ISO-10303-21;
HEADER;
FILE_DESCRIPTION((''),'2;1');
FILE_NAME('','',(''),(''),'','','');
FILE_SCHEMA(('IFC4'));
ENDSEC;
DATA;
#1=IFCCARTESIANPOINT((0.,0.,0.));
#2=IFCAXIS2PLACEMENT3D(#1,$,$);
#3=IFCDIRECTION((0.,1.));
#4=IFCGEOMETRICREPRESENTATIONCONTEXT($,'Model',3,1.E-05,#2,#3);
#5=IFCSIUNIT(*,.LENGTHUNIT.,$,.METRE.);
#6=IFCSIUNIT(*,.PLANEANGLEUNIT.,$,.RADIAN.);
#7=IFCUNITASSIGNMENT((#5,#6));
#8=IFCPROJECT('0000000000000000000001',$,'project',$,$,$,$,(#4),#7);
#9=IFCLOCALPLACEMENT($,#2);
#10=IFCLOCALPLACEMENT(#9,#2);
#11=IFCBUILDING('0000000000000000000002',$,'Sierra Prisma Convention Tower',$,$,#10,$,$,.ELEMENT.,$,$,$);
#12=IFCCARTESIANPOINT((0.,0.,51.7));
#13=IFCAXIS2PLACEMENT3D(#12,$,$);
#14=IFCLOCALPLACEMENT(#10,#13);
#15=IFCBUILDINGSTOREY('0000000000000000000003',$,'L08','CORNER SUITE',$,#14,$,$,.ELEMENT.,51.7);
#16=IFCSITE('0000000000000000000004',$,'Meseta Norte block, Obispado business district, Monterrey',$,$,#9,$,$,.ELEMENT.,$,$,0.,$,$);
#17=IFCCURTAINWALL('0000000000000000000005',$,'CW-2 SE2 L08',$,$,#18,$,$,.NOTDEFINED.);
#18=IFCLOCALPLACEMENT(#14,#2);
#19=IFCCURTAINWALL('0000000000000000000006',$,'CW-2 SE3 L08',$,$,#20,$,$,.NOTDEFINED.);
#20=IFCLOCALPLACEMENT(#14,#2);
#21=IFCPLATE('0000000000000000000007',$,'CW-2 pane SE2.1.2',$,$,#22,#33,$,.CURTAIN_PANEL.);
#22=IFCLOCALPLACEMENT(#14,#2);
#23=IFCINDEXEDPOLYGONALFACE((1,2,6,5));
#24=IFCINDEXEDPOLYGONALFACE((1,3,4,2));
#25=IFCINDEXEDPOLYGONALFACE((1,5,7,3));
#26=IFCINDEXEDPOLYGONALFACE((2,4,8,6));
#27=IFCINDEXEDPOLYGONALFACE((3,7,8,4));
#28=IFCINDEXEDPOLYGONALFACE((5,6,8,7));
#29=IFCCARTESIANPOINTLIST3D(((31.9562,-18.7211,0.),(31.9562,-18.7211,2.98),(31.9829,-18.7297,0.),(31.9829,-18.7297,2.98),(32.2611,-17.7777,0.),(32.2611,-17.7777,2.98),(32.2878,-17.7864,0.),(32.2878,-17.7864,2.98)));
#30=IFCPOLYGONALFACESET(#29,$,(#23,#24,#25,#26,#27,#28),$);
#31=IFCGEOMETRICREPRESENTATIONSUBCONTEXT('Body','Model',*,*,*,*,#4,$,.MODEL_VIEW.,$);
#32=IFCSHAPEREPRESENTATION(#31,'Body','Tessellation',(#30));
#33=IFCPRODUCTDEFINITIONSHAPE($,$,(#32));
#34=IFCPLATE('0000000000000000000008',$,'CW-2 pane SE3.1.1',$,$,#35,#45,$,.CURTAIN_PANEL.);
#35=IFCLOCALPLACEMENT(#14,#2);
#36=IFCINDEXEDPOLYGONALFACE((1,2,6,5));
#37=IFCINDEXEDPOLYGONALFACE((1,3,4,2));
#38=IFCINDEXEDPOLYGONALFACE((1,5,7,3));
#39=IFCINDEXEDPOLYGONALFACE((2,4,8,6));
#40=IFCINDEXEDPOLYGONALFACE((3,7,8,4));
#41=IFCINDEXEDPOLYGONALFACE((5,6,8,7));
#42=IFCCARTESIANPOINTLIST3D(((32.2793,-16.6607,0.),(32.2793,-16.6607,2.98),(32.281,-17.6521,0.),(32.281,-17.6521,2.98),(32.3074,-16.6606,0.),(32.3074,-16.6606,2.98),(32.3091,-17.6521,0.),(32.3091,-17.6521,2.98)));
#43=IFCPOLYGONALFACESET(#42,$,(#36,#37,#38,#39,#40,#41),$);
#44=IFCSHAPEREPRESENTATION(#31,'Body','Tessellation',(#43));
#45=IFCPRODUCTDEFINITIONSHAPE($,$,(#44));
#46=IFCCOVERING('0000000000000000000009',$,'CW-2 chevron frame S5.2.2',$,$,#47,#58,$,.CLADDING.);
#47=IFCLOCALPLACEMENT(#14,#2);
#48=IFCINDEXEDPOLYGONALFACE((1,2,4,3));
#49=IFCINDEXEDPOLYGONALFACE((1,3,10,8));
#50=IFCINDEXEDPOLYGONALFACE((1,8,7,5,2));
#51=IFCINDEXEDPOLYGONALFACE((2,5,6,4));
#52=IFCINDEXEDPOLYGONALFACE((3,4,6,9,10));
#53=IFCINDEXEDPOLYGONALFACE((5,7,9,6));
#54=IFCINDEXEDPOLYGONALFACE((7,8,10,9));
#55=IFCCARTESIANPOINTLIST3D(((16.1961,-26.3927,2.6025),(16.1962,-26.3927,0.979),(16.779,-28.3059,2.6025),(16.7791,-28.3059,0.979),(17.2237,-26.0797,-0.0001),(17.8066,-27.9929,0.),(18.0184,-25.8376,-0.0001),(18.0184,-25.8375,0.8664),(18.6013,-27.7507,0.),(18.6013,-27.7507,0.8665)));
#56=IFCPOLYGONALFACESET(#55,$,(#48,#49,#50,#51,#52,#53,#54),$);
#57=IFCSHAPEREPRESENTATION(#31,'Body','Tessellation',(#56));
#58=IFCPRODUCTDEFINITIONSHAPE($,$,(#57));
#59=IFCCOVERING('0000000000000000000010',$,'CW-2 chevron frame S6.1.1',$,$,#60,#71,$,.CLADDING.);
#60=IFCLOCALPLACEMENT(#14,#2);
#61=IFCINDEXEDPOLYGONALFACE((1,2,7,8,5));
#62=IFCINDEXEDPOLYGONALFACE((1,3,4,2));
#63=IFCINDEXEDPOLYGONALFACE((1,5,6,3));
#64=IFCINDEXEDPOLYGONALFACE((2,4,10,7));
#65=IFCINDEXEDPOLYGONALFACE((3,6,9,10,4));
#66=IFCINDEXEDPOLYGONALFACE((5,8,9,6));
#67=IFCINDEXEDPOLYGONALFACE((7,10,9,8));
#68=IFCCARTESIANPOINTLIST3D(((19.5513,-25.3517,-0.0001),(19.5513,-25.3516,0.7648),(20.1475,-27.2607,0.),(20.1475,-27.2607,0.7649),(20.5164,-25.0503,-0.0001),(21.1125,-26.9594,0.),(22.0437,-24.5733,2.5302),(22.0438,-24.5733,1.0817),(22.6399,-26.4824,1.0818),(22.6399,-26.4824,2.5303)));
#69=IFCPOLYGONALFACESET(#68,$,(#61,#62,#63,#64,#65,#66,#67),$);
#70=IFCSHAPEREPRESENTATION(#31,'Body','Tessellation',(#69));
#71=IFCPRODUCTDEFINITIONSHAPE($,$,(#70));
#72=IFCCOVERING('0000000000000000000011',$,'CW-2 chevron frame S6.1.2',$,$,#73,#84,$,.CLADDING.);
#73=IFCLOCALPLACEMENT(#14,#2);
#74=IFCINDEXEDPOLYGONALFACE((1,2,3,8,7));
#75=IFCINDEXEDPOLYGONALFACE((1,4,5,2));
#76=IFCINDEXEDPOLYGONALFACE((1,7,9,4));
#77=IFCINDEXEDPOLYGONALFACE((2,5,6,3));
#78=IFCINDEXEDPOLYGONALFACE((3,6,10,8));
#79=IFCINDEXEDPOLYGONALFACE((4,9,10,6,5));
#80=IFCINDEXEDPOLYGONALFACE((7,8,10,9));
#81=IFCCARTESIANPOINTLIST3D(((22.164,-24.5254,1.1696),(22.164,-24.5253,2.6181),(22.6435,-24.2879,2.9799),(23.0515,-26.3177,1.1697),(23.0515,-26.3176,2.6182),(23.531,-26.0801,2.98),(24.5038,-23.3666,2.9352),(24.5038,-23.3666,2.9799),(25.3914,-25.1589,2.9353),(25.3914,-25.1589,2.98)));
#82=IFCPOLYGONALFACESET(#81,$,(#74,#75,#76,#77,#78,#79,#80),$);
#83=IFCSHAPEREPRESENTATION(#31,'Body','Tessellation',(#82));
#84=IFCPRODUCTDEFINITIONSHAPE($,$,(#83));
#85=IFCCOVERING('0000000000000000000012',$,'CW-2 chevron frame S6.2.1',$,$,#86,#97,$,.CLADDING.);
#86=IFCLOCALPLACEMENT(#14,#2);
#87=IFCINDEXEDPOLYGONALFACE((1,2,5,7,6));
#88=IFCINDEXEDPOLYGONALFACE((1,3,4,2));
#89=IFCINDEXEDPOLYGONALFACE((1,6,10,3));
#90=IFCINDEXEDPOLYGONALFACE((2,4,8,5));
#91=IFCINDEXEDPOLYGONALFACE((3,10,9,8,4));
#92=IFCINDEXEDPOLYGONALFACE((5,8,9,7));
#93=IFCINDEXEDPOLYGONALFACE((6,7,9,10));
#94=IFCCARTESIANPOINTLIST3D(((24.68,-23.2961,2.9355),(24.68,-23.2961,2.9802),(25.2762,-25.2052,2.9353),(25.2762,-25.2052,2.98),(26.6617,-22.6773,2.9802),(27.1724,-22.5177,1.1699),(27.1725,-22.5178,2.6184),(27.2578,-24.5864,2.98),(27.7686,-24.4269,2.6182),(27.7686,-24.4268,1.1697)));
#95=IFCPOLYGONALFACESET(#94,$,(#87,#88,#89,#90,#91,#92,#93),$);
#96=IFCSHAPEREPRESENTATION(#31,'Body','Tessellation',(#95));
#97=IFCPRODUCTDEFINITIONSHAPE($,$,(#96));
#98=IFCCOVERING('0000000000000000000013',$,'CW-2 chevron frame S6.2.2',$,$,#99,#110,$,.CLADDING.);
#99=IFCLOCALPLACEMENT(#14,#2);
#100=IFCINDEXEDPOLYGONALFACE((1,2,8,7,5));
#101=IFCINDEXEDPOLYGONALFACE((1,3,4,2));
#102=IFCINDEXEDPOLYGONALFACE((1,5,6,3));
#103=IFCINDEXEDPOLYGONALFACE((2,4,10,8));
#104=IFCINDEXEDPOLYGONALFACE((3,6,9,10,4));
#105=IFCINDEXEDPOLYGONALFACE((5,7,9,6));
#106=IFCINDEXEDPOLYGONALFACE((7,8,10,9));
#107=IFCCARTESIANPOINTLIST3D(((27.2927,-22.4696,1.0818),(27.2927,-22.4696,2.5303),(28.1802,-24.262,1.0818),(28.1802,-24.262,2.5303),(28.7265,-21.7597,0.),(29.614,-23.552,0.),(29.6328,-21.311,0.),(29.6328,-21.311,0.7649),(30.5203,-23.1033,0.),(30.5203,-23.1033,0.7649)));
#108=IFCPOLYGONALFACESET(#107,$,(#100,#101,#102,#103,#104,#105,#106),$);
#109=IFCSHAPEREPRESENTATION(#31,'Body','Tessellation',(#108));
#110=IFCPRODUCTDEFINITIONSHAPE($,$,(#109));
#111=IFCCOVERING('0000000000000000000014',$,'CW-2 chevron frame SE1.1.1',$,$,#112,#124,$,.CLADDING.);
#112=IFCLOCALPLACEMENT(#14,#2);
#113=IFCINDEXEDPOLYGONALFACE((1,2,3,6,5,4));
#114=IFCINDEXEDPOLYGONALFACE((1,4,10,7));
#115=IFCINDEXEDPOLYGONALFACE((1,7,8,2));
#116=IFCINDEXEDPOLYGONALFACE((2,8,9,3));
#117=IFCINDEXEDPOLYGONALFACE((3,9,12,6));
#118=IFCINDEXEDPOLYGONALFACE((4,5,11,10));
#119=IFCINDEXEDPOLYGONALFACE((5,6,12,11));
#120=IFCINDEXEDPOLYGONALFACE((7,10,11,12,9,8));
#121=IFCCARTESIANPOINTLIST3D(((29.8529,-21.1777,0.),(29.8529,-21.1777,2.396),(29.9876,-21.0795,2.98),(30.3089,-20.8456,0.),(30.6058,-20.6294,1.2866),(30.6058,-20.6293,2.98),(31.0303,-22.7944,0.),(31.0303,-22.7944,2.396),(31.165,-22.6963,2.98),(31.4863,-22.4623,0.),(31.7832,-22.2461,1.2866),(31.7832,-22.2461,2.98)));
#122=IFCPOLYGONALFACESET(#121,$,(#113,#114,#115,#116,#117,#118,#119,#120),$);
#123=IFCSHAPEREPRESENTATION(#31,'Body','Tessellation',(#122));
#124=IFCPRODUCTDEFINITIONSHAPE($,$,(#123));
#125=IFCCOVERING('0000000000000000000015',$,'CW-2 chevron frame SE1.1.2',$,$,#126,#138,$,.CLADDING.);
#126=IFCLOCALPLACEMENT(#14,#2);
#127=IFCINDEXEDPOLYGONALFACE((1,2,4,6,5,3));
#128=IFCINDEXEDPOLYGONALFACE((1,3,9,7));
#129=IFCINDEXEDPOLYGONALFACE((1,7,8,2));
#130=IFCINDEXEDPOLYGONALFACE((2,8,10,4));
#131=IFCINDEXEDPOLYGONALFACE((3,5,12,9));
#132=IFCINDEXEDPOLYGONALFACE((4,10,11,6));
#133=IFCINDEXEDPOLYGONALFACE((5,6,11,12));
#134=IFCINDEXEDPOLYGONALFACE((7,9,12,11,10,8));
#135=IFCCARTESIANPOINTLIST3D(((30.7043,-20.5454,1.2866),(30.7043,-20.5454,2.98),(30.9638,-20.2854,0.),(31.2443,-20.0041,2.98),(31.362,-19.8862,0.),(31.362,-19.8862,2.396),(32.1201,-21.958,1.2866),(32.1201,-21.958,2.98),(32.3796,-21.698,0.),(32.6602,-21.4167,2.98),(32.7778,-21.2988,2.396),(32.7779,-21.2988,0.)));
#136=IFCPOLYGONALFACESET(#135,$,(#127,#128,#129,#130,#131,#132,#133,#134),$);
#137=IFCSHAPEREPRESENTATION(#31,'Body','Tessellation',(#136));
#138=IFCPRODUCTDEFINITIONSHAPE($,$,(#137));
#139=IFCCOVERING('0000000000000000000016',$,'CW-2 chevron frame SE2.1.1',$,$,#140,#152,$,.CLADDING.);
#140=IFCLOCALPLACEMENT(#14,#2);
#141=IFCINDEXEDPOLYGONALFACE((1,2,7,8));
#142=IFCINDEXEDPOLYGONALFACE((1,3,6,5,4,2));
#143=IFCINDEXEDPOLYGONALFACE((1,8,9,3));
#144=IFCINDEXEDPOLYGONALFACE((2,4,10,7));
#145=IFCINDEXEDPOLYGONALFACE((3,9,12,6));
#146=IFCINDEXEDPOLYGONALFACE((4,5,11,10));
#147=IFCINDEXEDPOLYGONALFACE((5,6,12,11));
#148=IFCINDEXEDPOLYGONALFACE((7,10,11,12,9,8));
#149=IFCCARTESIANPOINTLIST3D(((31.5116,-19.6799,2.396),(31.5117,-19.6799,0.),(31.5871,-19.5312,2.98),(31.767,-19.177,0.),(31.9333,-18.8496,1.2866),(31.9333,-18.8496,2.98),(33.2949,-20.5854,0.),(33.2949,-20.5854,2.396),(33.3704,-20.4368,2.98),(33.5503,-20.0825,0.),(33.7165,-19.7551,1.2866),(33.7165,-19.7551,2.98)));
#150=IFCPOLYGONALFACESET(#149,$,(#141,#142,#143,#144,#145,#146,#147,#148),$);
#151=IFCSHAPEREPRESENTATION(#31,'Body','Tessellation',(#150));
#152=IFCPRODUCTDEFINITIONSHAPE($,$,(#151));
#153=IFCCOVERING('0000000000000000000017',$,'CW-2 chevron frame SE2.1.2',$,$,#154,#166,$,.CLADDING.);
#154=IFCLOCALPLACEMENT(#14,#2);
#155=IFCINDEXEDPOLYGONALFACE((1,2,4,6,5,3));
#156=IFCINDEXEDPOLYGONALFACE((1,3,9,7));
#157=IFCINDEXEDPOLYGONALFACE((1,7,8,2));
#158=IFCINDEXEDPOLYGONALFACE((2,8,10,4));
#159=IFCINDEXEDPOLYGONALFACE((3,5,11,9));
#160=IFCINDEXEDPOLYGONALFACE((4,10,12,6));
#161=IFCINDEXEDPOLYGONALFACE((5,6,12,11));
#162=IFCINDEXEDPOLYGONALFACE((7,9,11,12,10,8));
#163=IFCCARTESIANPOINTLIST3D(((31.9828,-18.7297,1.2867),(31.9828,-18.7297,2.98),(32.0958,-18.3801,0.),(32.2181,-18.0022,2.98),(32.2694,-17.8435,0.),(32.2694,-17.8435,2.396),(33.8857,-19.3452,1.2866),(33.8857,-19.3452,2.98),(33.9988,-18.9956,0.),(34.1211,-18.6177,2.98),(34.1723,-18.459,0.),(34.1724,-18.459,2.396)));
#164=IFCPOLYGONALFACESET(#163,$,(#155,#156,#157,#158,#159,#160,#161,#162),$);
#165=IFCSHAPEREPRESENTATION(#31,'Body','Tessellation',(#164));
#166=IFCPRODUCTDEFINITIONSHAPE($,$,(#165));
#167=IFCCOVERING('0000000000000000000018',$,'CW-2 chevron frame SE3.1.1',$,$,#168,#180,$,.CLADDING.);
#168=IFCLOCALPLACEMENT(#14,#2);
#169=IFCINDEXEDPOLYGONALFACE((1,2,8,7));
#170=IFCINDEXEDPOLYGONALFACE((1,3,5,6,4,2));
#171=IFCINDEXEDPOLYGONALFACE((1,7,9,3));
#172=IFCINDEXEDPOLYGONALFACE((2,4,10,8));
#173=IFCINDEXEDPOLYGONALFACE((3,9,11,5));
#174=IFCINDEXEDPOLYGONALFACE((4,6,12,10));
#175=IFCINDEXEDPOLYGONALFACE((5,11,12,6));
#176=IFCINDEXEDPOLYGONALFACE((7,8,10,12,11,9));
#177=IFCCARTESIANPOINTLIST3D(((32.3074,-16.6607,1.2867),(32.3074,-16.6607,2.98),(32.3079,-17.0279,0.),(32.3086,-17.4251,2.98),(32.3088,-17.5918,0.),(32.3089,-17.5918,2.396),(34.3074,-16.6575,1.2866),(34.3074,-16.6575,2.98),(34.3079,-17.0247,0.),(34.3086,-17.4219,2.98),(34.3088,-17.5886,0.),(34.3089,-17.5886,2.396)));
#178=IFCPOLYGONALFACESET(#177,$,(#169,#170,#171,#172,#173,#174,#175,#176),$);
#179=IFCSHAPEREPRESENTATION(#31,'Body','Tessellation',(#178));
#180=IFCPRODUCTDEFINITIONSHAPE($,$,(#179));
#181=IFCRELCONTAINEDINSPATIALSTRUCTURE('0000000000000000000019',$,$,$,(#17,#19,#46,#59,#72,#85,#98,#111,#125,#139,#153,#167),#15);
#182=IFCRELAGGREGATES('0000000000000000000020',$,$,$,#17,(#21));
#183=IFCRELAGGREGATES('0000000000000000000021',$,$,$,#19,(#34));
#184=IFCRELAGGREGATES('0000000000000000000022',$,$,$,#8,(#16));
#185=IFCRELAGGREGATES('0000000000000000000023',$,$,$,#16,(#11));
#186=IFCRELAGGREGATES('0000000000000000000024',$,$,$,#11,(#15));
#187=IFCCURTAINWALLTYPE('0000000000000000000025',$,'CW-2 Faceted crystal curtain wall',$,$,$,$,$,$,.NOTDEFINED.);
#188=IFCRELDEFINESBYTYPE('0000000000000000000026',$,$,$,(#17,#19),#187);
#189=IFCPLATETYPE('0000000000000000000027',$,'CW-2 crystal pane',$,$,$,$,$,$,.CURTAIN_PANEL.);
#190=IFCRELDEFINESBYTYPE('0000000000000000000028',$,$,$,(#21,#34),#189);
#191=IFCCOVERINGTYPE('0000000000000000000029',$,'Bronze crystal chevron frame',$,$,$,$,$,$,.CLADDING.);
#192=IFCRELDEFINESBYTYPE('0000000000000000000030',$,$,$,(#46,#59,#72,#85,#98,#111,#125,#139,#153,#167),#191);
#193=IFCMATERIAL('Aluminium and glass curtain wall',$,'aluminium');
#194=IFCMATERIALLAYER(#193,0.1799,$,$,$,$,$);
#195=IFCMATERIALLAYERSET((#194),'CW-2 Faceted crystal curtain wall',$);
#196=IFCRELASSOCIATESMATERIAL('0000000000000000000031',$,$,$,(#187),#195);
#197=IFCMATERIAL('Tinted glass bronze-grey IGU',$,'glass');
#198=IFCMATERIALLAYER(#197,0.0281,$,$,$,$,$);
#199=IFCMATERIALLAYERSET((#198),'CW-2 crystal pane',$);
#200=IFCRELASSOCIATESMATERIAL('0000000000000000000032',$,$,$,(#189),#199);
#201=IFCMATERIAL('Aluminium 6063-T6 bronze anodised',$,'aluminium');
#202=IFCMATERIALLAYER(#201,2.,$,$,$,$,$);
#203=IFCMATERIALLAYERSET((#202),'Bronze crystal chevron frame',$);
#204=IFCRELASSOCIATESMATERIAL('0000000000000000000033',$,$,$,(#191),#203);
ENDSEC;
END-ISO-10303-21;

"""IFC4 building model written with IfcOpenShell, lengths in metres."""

from ifc_helpers import new_model, si_unit, direction, frame, origin, place, context, subcontext, project, spatial, polyline, outline, extrude, material, layer, layer_set, type_object, element, aggregate, save


model = new_model("IFC4")

# Units and contexts
model_context = context("Model", 3, precision=1e-05, world=origin(), true_north=direction((0.0, 1.0)))
body_context = subcontext(model_context, "Body", "Model", "MODEL_VIEW")
ifc_project = project(units=[si_unit("LENGTHUNIT", "METRE"), si_unit("PLANEANGLEUNIT", "RADIAN")], contexts=[model_context])

# Site, building, storey
site_placement = place(None, origin())
site = spatial("IfcSite", under=ifc_project, at=site_placement, Name="Meseta Norte block, Obispado business district, Monterrey", CompositionType="ELEMENT", RefElevation=0.0)
building_placement = place(site_placement, origin())
building = spatial("IfcBuilding", under=site, at=building_placement, Name="Sierra Prisma Convention Tower", CompositionType="ELEMENT")
storey_placement = place(building_placement, frame((0.0, 0.0, 51.7)))
storey = spatial("IfcBuildingStorey", under=building, at=storey_placement, Name="L08", Description="CORNER SUITE", CompositionType="ELEMENT", Elevation=51.7)

# Shared definitions
ifc_material_1 = material(Name="Aluminium and glass curtain wall", Category="aluminium")
ifc_layer_1 = layer(ifc_material_1, 0.1799)
ifc_layer_set_1 = layer_set([ifc_layer_1], Name="CW-2 Faceted crystal curtain wall")
curtain_wall_type = type_object("IfcCurtainWallType", Name="CW-2 Faceted crystal curtain wall", PredefinedType="NOTDEFINED", material=ifc_layer_set_1)

# Curtain walls
curtain_wall_1_placement = place(storey_placement, origin())
curtain_wall_1 = element("IfcCurtainWall", 1, at=curtain_wall_1_placement, inside=storey, type_object=curtain_wall_type, Name="CW-2 SE2 L08", PredefinedType="NOTDEFINED")
curtain_wall_2_placement = place(storey_placement, origin())
curtain_wall_2 = element("IfcCurtainWall", 2, at=curtain_wall_2_placement, inside=storey, type_object=curtain_wall_type, Name="CW-2 SE3 L08", PredefinedType="NOTDEFINED")

# Plates
ifc_material_2 = material(Name="Tinted glass bronze-grey IGU", Category="glass")
ifc_layer_2 = layer(ifc_material_2, 0.0281)
ifc_layer_set_2 = layer_set([ifc_layer_2], Name="CW-2 crystal pane")
plate_type = type_object("IfcPlateType", Name="CW-2 crystal pane", PredefinedType="CURTAIN_PANEL", material=ifc_layer_set_2)
plate_1_placement = place(storey_placement, frame((32.2878, -17.7864, 0.0), z_axis=(0.951525, -0.307571, 0.0), x_axis=(-0.307571, -0.951525, 0.0)))
plate_1 = element("IfcPlate", 3, at=plate_1_placement, type_object=plate_type, Name="CW-2 pane SE2.1.2", PredefinedType="CURTAIN_PANEL", context=body_context, shape_type="SweptSolid", body=[
    extrude(outline(polyline([(0.0, 0.0), (0.9914, 0.0), (0.9914, -2.98), (0.0, -2.98), (0.0, 0.0)])), origin(), (0.0, 0.0, -1.0), 0.0281),
])
aggregate(curtain_wall_1, [plate_1])
plate_2_placement = place(storey_placement, frame((32.3091, -17.6521, 0.0), z_axis=(0.999999, 0.001724, 0.0), x_axis=(-0.001724, 0.999999, 0.0)))
plate_2 = element("IfcPlate", 4, at=plate_2_placement, type_object=plate_type, Name="CW-2 pane SE3.1.1", PredefinedType="CURTAIN_PANEL", context=body_context, shape_type="SweptSolid", body=[
    extrude(outline(polyline([(0.0, 0.0), (0.9915, 0.0), (0.9915, 2.98), (0.0, 2.98), (0.0, 0.0)])), origin(), (0.0, 0.0, -1.0), 0.0281),
])
aggregate(curtain_wall_2, [plate_2])

# Coverings
ifc_material_3 = material(Name="Aluminium 6063-T6 bronze anodised", Category="aluminium")
ifc_layer_3 = layer(ifc_material_3, 2.0)
ifc_layer_set_3 = layer_set([ifc_layer_3], Name="Bronze crystal chevron frame")
covering_type = type_object("IfcCoveringType", Name="Bronze crystal chevron frame", PredefinedType="CLADDING", material=ifc_layer_set_3)
covering_1_placement = place(storey_placement, frame((18.6013, -27.7507, 0.0), z_axis=(0.29145, -0.956586, 0.000026), x_axis=(-0.000008, 0.000025, 1.0)))
element("IfcCovering", 5, at=covering_1_placement, inside=storey, type_object=covering_type, Name="CW-2 chevron frame S5.2.2", PredefinedType="CLADDING", context=body_context, shape_type="SweptSolid", body=[
    extrude(outline(polyline([(0.0, 0.0), (0.8665, 0.0), (2.6025, 1.905), (0.979, 1.905), (0.0, 0.8308), (0.0, 0.0)])), origin(), (0.0, 0.0, -1.0), 2.0),
])
covering_2_placement = place(storey_placement, frame((20.1475, -27.2607, 0.0), z_axis=(0.298063, -0.954546, 0.000037), x_axis=(0.954546, 0.298063, 0.0)))
element("IfcCovering", 6, at=covering_2_placement, inside=storey, type_object=covering_type, Name="CW-2 chevron frame S6.1.1", PredefinedType="CLADDING", context=body_context, shape_type="SweptSolid", body=[
    extrude(outline(polyline([(0.0, 0.0), (1.011, 0.0), (2.6111, 1.0818), (2.6111, 2.5303), (0.0, 0.7649), (0.0, 0.0)])), origin(), (0.0, 0.0, -1.0), 2.0),
])
covering_3_placement = place(storey_placement, frame((23.0515, -26.3176, 2.6182), z_axis=(0.443763, -0.896144, 0.000052), x_axis=(0.000023, -0.000047, -1.0)))
element("IfcCovering", 7, at=covering_3_placement, inside=storey, type_object=covering_type, Name="CW-2 chevron frame S6.1.2", PredefinedType="CLADDING", context=body_context, shape_type="SweptSolid", body=[
    extrude(outline(polyline([(0.0, 0.0), (1.4485, 0.0), (-0.3171, 2.611), (-0.3618, 2.611), (-0.3618, 0.5351), (0.0, 0.0)])), origin(), (0.0, 0.0, -1.0), 2.0),
])
covering_4_placement = place(storey_placement, frame((27.7686, -24.4268, 1.1697), z_axis=(0.298065, -0.954545, -0.000095), x_axis=(0.000028, -0.00009, 1.0)))
element("IfcCovering", 8, at=covering_4_placement, inside=storey, type_object=covering_type, Name="CW-2 chevron frame S6.2.1", PredefinedType="CLADDING", context=body_context, shape_type="SweptSolid", body=[
    extrude(outline(polyline([(0.0, 0.0), (1.4485, 0.0), (1.8103, 0.5351), (1.8103, 2.6111), (1.7656, 2.6111), (0.0, 0.0)])), origin(), (0.0, 0.0, -1.0), 2.0),
])
covering_5_placement = place(storey_placement, frame((30.5203, -23.1033, 0.0), z_axis=(0.443732, -0.896159, 0.000001), x_axis=(0.0, 0.000001, 1.0)))
element("IfcCovering", 9, at=covering_5_placement, inside=storey, type_object=covering_type, Name="CW-2 chevron frame S6.2.2", PredefinedType="CLADDING", context=body_context, shape_type="SweptSolid", body=[
    extrude(outline(polyline([(0.0, 0.0), (0.7649, 0.0), (2.5303, 2.6112), (1.0818, 2.6112), (0.0, 1.0113), (0.0, 0.0)])), origin(), (0.0, 0.0, -1.0), 2.0),
])
covering_6_placement = place(storey_placement, frame((31.0303, -22.7944, 0.0), z_axis=(0.588684, -0.808363, 0.000015), x_axis=(0.808363, 0.588684, 0.0)))
element("IfcCovering", 10, at=covering_6_placement, inside=storey, type_object=covering_type, Name="CW-2 chevron frame SE1.1.1", PredefinedType="CLADDING", context=body_context, shape_type="SweptSolid", body=[
    extrude(outline(polyline([(0.0, 0.0), (0.5641, 0.0), (0.9314, 1.2866), (0.9314, 2.98), (0.1667, 2.98), (0.0, 2.396), (0.0, 0.0)])), origin(), (0.0, 0.0, -1.0), 2.0),
])
covering_7_placement = place(storey_placement, frame((32.1201, -21.958, 2.98), z_axis=(0.707906, -0.706307, 0.000014), x_axis=(0.00001, -0.00001, -1.0)))
element("IfcCovering", 11, at=covering_7_placement, inside=storey, type_object=covering_type, Name="CW-2 chevron frame SE1.1.2", PredefinedType="CLADDING", context=body_context, shape_type="SweptSolid", body=[
    extrude(outline(polyline([(0.0, 0.0), (1.6934, 0.0), (2.98, 0.3674), (2.98, 0.9312), (0.584, 0.9312), (0.0, 0.7646), (0.0, 0.0)])), origin(), (0.0, 0.0, -1.0), 2.0),
])
covering_8_placement = place(storey_placement, frame((33.2949, -20.5854, 0.0), z_axis=(0.891629, -0.452766, 0.000008), x_axis=(0.452766, 0.891629, 0.0)))
element("IfcCovering", 12, at=covering_8_placement, inside=storey, type_object=covering_type, Name="CW-2 chevron frame SE2.1.1", PredefinedType="CLADDING", context=body_context, shape_type="SweptSolid", body=[
    extrude(outline(polyline([(0.0, 0.0), (0.5641, 0.0), (0.9312, 1.2866), (0.9312, 2.98), (0.1667, 2.98), (0.0, 2.396), (0.0, 0.0)])), origin(), (0.0, 0.0, -1.0), 2.0),
])
covering_9_placement = place(storey_placement, frame((33.8857, -19.3452, 2.98), z_axis=(0.951472, -0.307736, -0.000015), x_axis=(-0.000015, 0.000005, -1.0)))
element("IfcCovering", 13, at=covering_9_placement, inside=storey, type_object=covering_type, Name="CW-2 chevron frame SE2.1.2", PredefinedType="CLADDING", context=body_context, shape_type="SweptSolid", body=[
    extrude(outline(polyline([(0.0, 0.0), (1.6934, 0.0), (2.98, 0.3674), (2.98, 0.9314), (0.584, 0.9314), (0.0, 0.7647), (0.0, 0.0)])), origin(), (0.0, 0.0, -1.0), 2.0),
])
covering_10_placement = place(storey_placement, frame((34.3088, -17.5886, 0.0), z_axis=(0.999999, 0.001598, -0.00002), x_axis=(-0.001598, 0.999999, 0.0)))
element("IfcCovering", 14, at=covering_10_placement, inside=storey, type_object=covering_type, Name="CW-2 chevron frame SE3.1.1", PredefinedType="CLADDING", context=body_context, shape_type="SweptSolid", body=[
    extrude(outline(polyline([(0.0, 0.0), (0.564, 0.0), (0.9312, 1.2866), (0.9312, 2.98), (0.1667, 2.98), (0.0, 2.396), (0.0, 0.0)])), origin(), (0.0, 0.0, -1.0), 2.0),
])

save(model, "model.ifc")
